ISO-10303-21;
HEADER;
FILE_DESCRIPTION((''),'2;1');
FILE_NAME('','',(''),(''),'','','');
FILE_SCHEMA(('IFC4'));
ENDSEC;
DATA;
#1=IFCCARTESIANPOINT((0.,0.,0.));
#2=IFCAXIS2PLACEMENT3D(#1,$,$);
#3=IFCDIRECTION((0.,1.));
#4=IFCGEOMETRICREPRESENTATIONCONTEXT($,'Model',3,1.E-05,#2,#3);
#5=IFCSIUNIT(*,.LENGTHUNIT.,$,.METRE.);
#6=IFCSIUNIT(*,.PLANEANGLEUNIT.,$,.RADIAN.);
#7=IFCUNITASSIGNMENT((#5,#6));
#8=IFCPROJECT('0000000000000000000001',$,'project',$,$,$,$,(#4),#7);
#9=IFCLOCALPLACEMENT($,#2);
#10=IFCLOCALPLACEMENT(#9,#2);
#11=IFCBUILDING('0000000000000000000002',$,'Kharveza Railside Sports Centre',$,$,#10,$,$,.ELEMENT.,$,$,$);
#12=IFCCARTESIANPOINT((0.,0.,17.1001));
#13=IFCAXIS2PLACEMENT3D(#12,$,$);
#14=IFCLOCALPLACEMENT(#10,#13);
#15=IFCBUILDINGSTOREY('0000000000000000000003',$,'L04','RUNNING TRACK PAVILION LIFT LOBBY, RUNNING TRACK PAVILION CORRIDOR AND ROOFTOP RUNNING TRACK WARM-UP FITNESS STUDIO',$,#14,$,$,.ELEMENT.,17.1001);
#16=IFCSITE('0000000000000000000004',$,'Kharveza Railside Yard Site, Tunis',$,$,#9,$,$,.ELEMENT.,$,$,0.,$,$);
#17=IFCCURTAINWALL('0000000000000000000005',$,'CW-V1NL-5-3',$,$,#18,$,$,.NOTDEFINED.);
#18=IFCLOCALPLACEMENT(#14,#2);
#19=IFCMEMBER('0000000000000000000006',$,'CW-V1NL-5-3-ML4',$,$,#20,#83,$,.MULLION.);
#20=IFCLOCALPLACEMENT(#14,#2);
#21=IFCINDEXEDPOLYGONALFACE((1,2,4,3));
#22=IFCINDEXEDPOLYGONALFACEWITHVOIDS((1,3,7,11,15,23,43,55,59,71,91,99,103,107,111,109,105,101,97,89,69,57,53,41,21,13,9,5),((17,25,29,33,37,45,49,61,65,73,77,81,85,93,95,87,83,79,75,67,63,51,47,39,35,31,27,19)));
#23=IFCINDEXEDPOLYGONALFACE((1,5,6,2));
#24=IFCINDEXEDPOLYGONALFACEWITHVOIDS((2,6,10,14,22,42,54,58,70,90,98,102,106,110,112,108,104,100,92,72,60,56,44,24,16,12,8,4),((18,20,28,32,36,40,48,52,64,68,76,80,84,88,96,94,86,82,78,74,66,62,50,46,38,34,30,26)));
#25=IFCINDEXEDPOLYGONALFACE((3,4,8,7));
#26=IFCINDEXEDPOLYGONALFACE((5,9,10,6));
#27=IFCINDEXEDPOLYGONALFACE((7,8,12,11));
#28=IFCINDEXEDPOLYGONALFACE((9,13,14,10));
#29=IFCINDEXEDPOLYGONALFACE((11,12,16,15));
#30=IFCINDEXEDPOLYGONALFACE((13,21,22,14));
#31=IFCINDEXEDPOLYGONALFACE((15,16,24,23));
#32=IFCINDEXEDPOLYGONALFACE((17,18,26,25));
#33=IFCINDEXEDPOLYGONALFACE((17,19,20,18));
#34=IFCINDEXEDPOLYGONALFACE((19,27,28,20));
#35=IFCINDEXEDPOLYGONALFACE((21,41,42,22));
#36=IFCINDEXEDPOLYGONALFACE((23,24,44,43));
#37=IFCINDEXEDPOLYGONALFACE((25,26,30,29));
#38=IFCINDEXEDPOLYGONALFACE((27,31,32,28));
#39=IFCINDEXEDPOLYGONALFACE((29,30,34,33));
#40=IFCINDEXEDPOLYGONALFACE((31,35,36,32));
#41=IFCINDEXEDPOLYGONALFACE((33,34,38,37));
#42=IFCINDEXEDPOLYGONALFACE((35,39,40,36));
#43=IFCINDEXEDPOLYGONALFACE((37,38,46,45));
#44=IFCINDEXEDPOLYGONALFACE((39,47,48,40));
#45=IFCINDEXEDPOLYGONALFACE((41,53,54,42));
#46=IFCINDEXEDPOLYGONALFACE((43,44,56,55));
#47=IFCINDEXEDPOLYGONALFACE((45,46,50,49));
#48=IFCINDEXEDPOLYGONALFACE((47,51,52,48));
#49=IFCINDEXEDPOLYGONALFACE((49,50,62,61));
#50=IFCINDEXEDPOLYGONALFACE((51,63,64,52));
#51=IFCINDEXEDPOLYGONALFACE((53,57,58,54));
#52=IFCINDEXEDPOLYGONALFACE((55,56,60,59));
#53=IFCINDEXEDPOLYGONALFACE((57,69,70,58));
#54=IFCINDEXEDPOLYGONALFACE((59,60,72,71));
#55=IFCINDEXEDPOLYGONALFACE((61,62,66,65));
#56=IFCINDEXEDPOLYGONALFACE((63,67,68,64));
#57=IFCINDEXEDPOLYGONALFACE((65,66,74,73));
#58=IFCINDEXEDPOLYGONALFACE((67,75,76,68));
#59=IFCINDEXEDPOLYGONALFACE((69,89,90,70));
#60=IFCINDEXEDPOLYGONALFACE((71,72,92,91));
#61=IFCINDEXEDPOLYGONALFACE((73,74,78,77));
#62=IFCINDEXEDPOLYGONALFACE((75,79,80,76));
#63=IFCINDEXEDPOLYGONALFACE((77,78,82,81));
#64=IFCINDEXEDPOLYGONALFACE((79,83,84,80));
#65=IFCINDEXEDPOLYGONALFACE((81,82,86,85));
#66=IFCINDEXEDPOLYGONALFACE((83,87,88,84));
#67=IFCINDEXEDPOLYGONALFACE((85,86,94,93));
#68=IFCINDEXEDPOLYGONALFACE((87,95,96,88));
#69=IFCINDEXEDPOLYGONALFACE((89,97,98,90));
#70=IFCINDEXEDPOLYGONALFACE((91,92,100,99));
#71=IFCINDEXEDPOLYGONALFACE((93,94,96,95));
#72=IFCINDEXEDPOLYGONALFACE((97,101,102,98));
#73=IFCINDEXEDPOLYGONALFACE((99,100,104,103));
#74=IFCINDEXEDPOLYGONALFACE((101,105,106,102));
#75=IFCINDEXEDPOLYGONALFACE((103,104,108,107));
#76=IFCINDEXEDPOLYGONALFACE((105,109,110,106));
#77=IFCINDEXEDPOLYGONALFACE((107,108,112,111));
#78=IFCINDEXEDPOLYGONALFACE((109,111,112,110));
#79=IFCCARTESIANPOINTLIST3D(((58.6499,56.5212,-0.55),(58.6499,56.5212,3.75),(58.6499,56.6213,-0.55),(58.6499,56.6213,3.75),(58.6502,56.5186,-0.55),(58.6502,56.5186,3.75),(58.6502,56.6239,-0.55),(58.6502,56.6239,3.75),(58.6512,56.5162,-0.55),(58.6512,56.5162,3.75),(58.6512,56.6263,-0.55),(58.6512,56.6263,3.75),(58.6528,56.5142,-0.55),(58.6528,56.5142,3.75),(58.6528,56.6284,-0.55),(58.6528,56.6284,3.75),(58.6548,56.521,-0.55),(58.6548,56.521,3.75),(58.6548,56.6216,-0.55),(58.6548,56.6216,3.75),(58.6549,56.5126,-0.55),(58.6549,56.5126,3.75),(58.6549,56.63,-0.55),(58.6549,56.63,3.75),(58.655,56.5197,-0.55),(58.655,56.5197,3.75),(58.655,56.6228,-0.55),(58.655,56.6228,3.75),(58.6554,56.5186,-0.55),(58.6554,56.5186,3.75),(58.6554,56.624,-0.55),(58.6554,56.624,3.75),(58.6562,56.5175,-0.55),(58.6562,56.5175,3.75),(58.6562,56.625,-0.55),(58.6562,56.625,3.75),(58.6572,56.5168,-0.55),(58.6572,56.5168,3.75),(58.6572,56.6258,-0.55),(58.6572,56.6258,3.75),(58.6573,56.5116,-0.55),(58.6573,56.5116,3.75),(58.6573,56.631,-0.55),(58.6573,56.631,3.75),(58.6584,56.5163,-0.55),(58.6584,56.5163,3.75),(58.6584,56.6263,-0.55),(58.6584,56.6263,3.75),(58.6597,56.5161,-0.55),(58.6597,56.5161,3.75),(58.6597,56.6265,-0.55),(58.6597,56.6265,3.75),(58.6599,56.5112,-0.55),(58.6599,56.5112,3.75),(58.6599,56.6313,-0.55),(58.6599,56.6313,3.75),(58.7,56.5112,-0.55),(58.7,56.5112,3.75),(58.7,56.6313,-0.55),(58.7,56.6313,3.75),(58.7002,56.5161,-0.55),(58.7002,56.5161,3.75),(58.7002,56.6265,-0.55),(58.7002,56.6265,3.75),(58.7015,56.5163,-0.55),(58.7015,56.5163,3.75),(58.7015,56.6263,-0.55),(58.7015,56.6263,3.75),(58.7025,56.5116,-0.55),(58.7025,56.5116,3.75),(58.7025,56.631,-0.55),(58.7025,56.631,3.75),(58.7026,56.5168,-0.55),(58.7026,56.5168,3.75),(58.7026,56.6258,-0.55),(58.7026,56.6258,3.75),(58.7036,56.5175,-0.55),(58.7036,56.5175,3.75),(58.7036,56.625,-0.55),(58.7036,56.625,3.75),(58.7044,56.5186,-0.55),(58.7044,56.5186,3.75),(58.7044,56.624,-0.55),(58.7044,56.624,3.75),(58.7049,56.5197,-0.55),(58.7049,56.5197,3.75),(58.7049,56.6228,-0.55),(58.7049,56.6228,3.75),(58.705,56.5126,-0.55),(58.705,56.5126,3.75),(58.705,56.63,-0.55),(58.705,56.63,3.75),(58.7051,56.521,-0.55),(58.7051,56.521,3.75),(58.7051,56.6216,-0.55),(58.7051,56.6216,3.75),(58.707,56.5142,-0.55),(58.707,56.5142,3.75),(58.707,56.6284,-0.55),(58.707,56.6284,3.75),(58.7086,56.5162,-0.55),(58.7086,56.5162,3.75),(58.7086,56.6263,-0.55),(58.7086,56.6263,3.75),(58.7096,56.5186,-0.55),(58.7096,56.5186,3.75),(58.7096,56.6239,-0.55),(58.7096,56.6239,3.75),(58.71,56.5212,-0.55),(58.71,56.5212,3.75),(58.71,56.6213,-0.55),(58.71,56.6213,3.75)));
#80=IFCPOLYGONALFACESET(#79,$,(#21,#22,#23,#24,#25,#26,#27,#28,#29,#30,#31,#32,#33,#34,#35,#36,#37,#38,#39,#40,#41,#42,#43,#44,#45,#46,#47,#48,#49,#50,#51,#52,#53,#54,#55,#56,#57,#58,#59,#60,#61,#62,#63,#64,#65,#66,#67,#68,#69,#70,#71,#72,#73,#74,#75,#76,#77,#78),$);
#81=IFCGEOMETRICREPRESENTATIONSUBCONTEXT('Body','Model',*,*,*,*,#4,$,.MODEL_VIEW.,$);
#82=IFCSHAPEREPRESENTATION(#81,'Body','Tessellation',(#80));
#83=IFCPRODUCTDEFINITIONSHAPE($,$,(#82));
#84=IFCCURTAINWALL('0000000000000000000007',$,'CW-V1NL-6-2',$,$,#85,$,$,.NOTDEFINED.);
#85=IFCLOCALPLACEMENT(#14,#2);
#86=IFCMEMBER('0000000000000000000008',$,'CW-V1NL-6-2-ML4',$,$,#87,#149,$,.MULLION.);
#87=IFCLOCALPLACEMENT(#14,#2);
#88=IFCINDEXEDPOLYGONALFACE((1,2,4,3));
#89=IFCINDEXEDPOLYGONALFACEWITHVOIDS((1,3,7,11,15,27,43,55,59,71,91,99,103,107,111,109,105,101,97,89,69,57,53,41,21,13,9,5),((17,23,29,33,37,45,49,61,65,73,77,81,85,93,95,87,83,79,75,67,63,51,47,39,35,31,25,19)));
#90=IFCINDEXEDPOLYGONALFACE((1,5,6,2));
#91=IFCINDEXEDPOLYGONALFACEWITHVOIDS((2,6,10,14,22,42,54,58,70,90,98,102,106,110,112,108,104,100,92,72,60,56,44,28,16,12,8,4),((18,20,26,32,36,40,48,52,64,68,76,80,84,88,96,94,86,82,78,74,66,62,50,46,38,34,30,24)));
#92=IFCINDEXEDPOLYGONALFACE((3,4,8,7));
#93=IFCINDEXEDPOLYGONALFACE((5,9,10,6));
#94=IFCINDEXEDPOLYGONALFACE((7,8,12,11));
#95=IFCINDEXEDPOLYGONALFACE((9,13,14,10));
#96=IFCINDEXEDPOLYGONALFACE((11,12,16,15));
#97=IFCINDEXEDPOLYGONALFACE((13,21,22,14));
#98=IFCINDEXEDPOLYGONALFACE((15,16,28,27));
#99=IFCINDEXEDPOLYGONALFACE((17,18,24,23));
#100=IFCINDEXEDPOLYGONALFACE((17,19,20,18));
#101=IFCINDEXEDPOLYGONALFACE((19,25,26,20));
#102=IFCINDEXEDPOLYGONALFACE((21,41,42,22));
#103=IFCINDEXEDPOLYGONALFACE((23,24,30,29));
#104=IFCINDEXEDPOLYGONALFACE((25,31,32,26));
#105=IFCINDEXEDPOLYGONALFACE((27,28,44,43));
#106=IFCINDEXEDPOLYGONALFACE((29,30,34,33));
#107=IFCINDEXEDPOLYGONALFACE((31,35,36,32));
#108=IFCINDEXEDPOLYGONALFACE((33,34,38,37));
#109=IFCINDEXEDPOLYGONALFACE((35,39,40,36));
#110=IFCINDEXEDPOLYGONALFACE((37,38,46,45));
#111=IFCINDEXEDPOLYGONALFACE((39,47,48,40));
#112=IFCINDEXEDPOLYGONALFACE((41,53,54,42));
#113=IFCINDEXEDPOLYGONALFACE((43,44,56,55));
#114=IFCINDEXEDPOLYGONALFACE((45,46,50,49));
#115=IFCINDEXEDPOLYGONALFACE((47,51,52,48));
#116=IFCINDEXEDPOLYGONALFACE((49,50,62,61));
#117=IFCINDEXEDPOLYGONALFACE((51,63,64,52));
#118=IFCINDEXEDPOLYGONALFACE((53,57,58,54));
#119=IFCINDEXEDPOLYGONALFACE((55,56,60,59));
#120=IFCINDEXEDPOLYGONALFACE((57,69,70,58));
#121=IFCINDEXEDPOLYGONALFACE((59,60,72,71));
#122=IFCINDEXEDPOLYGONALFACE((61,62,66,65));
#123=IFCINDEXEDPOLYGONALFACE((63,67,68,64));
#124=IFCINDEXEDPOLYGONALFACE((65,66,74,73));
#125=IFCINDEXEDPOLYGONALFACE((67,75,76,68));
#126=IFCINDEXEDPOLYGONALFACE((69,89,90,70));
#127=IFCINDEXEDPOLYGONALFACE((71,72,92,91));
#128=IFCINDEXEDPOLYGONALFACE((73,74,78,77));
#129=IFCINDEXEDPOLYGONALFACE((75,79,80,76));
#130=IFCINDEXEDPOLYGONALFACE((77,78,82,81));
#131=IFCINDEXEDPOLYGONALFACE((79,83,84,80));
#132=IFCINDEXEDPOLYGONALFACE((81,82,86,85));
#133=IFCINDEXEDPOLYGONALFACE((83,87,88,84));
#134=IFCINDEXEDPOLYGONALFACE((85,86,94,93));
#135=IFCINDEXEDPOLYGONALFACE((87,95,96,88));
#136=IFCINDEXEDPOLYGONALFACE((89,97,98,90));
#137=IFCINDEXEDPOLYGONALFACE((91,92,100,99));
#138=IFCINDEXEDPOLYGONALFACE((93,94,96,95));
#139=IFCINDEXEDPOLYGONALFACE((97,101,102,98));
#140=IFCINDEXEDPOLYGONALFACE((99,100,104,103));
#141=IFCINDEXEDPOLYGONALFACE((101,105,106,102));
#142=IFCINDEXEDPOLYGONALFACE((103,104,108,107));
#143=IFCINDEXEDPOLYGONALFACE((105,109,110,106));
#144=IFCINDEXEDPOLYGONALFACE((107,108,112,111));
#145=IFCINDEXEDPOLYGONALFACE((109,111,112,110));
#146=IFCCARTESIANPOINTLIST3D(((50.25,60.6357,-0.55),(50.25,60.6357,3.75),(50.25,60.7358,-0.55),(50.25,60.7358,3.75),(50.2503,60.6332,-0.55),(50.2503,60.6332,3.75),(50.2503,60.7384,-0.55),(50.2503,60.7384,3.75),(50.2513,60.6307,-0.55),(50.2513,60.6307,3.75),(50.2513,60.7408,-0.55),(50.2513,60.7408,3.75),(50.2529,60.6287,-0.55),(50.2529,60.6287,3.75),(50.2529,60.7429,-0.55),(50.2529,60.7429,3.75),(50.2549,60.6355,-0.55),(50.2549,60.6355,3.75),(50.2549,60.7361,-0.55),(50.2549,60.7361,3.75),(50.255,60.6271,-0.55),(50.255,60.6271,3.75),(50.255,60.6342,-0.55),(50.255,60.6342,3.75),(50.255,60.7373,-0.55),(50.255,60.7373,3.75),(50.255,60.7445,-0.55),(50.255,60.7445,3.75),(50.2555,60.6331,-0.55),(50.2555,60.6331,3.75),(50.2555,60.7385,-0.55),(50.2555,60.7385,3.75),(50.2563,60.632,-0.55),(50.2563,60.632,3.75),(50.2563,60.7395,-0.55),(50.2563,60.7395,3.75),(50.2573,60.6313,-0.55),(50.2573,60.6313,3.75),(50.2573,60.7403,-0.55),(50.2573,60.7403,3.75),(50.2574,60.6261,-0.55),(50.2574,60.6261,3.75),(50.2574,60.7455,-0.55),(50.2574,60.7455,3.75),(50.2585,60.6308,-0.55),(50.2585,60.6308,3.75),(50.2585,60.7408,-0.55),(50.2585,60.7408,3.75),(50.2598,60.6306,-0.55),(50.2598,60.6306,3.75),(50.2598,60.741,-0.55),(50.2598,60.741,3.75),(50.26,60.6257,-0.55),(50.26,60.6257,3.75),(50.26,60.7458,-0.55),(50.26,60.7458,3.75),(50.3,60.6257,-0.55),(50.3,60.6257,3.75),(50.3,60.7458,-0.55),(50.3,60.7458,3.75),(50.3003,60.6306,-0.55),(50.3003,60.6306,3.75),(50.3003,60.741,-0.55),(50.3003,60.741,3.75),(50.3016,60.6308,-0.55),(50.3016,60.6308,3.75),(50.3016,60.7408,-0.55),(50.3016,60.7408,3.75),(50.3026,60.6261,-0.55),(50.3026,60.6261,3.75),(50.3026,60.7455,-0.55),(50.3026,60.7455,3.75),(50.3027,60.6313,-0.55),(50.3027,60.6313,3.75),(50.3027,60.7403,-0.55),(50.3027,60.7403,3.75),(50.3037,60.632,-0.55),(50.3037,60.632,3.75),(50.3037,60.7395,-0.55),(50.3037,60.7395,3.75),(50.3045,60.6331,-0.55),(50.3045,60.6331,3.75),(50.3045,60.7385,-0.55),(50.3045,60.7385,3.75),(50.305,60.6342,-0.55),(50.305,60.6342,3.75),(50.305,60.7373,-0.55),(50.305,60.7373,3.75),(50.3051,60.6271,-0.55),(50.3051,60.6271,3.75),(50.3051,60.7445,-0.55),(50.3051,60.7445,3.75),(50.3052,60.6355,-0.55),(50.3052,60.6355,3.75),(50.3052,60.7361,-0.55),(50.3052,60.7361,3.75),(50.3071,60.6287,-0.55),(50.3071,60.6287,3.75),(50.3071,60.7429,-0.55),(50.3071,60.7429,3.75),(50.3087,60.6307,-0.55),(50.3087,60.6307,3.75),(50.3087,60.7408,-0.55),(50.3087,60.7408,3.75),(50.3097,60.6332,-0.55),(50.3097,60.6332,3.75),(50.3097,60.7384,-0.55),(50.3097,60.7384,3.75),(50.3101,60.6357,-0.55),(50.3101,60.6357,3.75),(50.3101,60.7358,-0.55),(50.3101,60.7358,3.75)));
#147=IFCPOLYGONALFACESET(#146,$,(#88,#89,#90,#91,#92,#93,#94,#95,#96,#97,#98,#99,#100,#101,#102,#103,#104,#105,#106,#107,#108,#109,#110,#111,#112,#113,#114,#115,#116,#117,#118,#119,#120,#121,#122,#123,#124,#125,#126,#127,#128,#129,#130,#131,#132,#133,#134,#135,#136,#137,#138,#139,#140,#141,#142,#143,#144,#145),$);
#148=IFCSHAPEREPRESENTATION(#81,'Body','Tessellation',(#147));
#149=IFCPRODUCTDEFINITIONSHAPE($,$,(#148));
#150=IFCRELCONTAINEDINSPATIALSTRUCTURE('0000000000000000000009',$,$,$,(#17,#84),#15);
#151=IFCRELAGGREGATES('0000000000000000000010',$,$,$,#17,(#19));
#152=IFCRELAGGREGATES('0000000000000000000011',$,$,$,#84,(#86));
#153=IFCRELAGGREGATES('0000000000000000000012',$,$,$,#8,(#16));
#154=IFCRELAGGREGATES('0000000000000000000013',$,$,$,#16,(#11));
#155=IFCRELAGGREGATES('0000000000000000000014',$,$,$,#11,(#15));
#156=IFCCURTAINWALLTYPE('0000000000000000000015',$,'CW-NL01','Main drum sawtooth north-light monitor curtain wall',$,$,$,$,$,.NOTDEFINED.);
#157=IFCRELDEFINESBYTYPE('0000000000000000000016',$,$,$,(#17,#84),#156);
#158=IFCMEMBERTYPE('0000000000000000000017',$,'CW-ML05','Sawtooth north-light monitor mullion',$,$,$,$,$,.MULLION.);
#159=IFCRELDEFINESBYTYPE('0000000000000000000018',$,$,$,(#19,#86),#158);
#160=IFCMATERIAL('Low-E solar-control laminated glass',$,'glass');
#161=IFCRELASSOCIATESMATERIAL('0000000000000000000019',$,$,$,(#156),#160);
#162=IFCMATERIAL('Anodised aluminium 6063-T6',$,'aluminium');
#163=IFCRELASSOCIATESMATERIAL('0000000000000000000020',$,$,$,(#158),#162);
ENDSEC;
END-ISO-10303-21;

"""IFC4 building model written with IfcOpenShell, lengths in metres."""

from ifc_helpers import new_model, si_unit, direction, frame, origin, origin_2d, place, context, subcontext, project, spatial, hollow_rectangle, extrude, material, material_profile, profile_set, type_object, element, aggregate, save


model = new_model("IFC4")

# Units and contexts
model_context = context("Model", 3, precision=1e-05, world=origin(), true_north=direction((0.0, 1.0)))
body_context = subcontext(model_context, "Body", "Model", "MODEL_VIEW")
ifc_project = project(units=[si_unit("LENGTHUNIT", "METRE"), si_unit("PLANEANGLEUNIT", "RADIAN")], contexts=[model_context])

# Site, building, storey
site_placement = place(None, origin())
site = spatial("IfcSite", under=ifc_project, at=site_placement, Name="Kharveza Railside Yard Site, Tunis", CompositionType="ELEMENT", RefElevation=0.0)
building_placement = place(site_placement, origin())
building = spatial("IfcBuilding", under=site, at=building_placement, Name="Kharveza Railside Sports Centre", CompositionType="ELEMENT")
storey_placement = place(building_placement, frame((0.0, 0.0, 17.1001)))
storey = spatial("IfcBuildingStorey", under=building, at=storey_placement, Name="L04", Description="RUNNING TRACK PAVILION LIFT LOBBY, RUNNING TRACK PAVILION CORRIDOR AND ROOFTOP RUNNING TRACK WARM-UP FITNESS STUDIO", CompositionType="ELEMENT", Elevation=17.1001)

# Shared definitions
ifc_material_1 = material(Name="Low-E solar-control laminated glass", Category="glass")
curtain_wall_type = type_object("IfcCurtainWallType", Name="CW-NL01", Description="Main drum sawtooth north-light monitor curtain wall", PredefinedType="NOTDEFINED", material=ifc_material_1)
ifc_material_2 = material(Name="Anodised aluminium 6063-T6", Category="aluminium")
ifc_material_profile_1 = material_profile(ifc_material_2, hollow_rectangle(XDim=0.0601, YDim=0.1201, WallThickness=0.0049, InnerFilletRadius=0.0049, OuterFilletRadius=0.01, at=origin_2d()), Name="RHS 60x120x5.0")
ifc_profile_set_1 = profile_set([ifc_material_profile_1], Name="Anodised aluminium 6063-T6")
member_type_1 = type_object("IfcMemberType", Name="CW-ML05", Description="Sawtooth north-light monitor mullion", PredefinedType="MULLION", material=ifc_profile_set_1)

# Curtain wall, member
curtain_wall_1_placement = place(storey_placement, origin())
curtain_wall_1 = element("IfcCurtainWall", 1, at=curtain_wall_1_placement, inside=storey, type_object=curtain_wall_type, Name="CW-V1NL-5-3", PredefinedType="NOTDEFINED")
member_1_placement = place(storey_placement, frame((58.6799, 56.5713, -0.55), z_axis=(0.0, 0.0, 1.0), x_axis=(1.0, 0.0, 0.0)))
member_1 = element("IfcMember", 2, at=member_1_placement, type_object=member_type_1, Name="CW-V1NL-5-3-ML4", PredefinedType="MULLION", context=body_context, shape_type="SweptSolid", body=[
    extrude(hollow_rectangle(XDim=0.0601, YDim=0.1201, WallThickness=0.0049, InnerFilletRadius=0.0049, OuterFilletRadius=0.01, at=origin_2d()), origin(), (0.0, 0.0, 1.0), 4.3),
])

# Curtain wall, member
curtain_wall_2_placement = place(storey_placement, origin())
curtain_wall_2 = element("IfcCurtainWall", 3, at=curtain_wall_2_placement, inside=storey, type_object=curtain_wall_type, Name="CW-V1NL-6-2", PredefinedType="NOTDEFINED")
member_2_placement = place(storey_placement, frame((50.28, 60.6858, -0.55), z_axis=(0.0, 0.0, 1.0), x_axis=(1.0, 0.0, 0.0)))
member_2 = element("IfcMember", 4, at=member_2_placement, type_object=member_type_1, Name="CW-V1NL-6-2-ML4", PredefinedType="MULLION", context=body_context, shape_type="SweptSolid", body=[
    extrude(hollow_rectangle(XDim=0.0601, YDim=0.1201, WallThickness=0.0049, InnerFilletRadius=0.0049, OuterFilletRadius=0.01, at=origin_2d()), origin(), (0.0, 0.0, 1.0), 4.3),
])

aggregate(curtain_wall_1, [member_1])
aggregate(curtain_wall_2, [member_2])

save(model, "model.ifc")
